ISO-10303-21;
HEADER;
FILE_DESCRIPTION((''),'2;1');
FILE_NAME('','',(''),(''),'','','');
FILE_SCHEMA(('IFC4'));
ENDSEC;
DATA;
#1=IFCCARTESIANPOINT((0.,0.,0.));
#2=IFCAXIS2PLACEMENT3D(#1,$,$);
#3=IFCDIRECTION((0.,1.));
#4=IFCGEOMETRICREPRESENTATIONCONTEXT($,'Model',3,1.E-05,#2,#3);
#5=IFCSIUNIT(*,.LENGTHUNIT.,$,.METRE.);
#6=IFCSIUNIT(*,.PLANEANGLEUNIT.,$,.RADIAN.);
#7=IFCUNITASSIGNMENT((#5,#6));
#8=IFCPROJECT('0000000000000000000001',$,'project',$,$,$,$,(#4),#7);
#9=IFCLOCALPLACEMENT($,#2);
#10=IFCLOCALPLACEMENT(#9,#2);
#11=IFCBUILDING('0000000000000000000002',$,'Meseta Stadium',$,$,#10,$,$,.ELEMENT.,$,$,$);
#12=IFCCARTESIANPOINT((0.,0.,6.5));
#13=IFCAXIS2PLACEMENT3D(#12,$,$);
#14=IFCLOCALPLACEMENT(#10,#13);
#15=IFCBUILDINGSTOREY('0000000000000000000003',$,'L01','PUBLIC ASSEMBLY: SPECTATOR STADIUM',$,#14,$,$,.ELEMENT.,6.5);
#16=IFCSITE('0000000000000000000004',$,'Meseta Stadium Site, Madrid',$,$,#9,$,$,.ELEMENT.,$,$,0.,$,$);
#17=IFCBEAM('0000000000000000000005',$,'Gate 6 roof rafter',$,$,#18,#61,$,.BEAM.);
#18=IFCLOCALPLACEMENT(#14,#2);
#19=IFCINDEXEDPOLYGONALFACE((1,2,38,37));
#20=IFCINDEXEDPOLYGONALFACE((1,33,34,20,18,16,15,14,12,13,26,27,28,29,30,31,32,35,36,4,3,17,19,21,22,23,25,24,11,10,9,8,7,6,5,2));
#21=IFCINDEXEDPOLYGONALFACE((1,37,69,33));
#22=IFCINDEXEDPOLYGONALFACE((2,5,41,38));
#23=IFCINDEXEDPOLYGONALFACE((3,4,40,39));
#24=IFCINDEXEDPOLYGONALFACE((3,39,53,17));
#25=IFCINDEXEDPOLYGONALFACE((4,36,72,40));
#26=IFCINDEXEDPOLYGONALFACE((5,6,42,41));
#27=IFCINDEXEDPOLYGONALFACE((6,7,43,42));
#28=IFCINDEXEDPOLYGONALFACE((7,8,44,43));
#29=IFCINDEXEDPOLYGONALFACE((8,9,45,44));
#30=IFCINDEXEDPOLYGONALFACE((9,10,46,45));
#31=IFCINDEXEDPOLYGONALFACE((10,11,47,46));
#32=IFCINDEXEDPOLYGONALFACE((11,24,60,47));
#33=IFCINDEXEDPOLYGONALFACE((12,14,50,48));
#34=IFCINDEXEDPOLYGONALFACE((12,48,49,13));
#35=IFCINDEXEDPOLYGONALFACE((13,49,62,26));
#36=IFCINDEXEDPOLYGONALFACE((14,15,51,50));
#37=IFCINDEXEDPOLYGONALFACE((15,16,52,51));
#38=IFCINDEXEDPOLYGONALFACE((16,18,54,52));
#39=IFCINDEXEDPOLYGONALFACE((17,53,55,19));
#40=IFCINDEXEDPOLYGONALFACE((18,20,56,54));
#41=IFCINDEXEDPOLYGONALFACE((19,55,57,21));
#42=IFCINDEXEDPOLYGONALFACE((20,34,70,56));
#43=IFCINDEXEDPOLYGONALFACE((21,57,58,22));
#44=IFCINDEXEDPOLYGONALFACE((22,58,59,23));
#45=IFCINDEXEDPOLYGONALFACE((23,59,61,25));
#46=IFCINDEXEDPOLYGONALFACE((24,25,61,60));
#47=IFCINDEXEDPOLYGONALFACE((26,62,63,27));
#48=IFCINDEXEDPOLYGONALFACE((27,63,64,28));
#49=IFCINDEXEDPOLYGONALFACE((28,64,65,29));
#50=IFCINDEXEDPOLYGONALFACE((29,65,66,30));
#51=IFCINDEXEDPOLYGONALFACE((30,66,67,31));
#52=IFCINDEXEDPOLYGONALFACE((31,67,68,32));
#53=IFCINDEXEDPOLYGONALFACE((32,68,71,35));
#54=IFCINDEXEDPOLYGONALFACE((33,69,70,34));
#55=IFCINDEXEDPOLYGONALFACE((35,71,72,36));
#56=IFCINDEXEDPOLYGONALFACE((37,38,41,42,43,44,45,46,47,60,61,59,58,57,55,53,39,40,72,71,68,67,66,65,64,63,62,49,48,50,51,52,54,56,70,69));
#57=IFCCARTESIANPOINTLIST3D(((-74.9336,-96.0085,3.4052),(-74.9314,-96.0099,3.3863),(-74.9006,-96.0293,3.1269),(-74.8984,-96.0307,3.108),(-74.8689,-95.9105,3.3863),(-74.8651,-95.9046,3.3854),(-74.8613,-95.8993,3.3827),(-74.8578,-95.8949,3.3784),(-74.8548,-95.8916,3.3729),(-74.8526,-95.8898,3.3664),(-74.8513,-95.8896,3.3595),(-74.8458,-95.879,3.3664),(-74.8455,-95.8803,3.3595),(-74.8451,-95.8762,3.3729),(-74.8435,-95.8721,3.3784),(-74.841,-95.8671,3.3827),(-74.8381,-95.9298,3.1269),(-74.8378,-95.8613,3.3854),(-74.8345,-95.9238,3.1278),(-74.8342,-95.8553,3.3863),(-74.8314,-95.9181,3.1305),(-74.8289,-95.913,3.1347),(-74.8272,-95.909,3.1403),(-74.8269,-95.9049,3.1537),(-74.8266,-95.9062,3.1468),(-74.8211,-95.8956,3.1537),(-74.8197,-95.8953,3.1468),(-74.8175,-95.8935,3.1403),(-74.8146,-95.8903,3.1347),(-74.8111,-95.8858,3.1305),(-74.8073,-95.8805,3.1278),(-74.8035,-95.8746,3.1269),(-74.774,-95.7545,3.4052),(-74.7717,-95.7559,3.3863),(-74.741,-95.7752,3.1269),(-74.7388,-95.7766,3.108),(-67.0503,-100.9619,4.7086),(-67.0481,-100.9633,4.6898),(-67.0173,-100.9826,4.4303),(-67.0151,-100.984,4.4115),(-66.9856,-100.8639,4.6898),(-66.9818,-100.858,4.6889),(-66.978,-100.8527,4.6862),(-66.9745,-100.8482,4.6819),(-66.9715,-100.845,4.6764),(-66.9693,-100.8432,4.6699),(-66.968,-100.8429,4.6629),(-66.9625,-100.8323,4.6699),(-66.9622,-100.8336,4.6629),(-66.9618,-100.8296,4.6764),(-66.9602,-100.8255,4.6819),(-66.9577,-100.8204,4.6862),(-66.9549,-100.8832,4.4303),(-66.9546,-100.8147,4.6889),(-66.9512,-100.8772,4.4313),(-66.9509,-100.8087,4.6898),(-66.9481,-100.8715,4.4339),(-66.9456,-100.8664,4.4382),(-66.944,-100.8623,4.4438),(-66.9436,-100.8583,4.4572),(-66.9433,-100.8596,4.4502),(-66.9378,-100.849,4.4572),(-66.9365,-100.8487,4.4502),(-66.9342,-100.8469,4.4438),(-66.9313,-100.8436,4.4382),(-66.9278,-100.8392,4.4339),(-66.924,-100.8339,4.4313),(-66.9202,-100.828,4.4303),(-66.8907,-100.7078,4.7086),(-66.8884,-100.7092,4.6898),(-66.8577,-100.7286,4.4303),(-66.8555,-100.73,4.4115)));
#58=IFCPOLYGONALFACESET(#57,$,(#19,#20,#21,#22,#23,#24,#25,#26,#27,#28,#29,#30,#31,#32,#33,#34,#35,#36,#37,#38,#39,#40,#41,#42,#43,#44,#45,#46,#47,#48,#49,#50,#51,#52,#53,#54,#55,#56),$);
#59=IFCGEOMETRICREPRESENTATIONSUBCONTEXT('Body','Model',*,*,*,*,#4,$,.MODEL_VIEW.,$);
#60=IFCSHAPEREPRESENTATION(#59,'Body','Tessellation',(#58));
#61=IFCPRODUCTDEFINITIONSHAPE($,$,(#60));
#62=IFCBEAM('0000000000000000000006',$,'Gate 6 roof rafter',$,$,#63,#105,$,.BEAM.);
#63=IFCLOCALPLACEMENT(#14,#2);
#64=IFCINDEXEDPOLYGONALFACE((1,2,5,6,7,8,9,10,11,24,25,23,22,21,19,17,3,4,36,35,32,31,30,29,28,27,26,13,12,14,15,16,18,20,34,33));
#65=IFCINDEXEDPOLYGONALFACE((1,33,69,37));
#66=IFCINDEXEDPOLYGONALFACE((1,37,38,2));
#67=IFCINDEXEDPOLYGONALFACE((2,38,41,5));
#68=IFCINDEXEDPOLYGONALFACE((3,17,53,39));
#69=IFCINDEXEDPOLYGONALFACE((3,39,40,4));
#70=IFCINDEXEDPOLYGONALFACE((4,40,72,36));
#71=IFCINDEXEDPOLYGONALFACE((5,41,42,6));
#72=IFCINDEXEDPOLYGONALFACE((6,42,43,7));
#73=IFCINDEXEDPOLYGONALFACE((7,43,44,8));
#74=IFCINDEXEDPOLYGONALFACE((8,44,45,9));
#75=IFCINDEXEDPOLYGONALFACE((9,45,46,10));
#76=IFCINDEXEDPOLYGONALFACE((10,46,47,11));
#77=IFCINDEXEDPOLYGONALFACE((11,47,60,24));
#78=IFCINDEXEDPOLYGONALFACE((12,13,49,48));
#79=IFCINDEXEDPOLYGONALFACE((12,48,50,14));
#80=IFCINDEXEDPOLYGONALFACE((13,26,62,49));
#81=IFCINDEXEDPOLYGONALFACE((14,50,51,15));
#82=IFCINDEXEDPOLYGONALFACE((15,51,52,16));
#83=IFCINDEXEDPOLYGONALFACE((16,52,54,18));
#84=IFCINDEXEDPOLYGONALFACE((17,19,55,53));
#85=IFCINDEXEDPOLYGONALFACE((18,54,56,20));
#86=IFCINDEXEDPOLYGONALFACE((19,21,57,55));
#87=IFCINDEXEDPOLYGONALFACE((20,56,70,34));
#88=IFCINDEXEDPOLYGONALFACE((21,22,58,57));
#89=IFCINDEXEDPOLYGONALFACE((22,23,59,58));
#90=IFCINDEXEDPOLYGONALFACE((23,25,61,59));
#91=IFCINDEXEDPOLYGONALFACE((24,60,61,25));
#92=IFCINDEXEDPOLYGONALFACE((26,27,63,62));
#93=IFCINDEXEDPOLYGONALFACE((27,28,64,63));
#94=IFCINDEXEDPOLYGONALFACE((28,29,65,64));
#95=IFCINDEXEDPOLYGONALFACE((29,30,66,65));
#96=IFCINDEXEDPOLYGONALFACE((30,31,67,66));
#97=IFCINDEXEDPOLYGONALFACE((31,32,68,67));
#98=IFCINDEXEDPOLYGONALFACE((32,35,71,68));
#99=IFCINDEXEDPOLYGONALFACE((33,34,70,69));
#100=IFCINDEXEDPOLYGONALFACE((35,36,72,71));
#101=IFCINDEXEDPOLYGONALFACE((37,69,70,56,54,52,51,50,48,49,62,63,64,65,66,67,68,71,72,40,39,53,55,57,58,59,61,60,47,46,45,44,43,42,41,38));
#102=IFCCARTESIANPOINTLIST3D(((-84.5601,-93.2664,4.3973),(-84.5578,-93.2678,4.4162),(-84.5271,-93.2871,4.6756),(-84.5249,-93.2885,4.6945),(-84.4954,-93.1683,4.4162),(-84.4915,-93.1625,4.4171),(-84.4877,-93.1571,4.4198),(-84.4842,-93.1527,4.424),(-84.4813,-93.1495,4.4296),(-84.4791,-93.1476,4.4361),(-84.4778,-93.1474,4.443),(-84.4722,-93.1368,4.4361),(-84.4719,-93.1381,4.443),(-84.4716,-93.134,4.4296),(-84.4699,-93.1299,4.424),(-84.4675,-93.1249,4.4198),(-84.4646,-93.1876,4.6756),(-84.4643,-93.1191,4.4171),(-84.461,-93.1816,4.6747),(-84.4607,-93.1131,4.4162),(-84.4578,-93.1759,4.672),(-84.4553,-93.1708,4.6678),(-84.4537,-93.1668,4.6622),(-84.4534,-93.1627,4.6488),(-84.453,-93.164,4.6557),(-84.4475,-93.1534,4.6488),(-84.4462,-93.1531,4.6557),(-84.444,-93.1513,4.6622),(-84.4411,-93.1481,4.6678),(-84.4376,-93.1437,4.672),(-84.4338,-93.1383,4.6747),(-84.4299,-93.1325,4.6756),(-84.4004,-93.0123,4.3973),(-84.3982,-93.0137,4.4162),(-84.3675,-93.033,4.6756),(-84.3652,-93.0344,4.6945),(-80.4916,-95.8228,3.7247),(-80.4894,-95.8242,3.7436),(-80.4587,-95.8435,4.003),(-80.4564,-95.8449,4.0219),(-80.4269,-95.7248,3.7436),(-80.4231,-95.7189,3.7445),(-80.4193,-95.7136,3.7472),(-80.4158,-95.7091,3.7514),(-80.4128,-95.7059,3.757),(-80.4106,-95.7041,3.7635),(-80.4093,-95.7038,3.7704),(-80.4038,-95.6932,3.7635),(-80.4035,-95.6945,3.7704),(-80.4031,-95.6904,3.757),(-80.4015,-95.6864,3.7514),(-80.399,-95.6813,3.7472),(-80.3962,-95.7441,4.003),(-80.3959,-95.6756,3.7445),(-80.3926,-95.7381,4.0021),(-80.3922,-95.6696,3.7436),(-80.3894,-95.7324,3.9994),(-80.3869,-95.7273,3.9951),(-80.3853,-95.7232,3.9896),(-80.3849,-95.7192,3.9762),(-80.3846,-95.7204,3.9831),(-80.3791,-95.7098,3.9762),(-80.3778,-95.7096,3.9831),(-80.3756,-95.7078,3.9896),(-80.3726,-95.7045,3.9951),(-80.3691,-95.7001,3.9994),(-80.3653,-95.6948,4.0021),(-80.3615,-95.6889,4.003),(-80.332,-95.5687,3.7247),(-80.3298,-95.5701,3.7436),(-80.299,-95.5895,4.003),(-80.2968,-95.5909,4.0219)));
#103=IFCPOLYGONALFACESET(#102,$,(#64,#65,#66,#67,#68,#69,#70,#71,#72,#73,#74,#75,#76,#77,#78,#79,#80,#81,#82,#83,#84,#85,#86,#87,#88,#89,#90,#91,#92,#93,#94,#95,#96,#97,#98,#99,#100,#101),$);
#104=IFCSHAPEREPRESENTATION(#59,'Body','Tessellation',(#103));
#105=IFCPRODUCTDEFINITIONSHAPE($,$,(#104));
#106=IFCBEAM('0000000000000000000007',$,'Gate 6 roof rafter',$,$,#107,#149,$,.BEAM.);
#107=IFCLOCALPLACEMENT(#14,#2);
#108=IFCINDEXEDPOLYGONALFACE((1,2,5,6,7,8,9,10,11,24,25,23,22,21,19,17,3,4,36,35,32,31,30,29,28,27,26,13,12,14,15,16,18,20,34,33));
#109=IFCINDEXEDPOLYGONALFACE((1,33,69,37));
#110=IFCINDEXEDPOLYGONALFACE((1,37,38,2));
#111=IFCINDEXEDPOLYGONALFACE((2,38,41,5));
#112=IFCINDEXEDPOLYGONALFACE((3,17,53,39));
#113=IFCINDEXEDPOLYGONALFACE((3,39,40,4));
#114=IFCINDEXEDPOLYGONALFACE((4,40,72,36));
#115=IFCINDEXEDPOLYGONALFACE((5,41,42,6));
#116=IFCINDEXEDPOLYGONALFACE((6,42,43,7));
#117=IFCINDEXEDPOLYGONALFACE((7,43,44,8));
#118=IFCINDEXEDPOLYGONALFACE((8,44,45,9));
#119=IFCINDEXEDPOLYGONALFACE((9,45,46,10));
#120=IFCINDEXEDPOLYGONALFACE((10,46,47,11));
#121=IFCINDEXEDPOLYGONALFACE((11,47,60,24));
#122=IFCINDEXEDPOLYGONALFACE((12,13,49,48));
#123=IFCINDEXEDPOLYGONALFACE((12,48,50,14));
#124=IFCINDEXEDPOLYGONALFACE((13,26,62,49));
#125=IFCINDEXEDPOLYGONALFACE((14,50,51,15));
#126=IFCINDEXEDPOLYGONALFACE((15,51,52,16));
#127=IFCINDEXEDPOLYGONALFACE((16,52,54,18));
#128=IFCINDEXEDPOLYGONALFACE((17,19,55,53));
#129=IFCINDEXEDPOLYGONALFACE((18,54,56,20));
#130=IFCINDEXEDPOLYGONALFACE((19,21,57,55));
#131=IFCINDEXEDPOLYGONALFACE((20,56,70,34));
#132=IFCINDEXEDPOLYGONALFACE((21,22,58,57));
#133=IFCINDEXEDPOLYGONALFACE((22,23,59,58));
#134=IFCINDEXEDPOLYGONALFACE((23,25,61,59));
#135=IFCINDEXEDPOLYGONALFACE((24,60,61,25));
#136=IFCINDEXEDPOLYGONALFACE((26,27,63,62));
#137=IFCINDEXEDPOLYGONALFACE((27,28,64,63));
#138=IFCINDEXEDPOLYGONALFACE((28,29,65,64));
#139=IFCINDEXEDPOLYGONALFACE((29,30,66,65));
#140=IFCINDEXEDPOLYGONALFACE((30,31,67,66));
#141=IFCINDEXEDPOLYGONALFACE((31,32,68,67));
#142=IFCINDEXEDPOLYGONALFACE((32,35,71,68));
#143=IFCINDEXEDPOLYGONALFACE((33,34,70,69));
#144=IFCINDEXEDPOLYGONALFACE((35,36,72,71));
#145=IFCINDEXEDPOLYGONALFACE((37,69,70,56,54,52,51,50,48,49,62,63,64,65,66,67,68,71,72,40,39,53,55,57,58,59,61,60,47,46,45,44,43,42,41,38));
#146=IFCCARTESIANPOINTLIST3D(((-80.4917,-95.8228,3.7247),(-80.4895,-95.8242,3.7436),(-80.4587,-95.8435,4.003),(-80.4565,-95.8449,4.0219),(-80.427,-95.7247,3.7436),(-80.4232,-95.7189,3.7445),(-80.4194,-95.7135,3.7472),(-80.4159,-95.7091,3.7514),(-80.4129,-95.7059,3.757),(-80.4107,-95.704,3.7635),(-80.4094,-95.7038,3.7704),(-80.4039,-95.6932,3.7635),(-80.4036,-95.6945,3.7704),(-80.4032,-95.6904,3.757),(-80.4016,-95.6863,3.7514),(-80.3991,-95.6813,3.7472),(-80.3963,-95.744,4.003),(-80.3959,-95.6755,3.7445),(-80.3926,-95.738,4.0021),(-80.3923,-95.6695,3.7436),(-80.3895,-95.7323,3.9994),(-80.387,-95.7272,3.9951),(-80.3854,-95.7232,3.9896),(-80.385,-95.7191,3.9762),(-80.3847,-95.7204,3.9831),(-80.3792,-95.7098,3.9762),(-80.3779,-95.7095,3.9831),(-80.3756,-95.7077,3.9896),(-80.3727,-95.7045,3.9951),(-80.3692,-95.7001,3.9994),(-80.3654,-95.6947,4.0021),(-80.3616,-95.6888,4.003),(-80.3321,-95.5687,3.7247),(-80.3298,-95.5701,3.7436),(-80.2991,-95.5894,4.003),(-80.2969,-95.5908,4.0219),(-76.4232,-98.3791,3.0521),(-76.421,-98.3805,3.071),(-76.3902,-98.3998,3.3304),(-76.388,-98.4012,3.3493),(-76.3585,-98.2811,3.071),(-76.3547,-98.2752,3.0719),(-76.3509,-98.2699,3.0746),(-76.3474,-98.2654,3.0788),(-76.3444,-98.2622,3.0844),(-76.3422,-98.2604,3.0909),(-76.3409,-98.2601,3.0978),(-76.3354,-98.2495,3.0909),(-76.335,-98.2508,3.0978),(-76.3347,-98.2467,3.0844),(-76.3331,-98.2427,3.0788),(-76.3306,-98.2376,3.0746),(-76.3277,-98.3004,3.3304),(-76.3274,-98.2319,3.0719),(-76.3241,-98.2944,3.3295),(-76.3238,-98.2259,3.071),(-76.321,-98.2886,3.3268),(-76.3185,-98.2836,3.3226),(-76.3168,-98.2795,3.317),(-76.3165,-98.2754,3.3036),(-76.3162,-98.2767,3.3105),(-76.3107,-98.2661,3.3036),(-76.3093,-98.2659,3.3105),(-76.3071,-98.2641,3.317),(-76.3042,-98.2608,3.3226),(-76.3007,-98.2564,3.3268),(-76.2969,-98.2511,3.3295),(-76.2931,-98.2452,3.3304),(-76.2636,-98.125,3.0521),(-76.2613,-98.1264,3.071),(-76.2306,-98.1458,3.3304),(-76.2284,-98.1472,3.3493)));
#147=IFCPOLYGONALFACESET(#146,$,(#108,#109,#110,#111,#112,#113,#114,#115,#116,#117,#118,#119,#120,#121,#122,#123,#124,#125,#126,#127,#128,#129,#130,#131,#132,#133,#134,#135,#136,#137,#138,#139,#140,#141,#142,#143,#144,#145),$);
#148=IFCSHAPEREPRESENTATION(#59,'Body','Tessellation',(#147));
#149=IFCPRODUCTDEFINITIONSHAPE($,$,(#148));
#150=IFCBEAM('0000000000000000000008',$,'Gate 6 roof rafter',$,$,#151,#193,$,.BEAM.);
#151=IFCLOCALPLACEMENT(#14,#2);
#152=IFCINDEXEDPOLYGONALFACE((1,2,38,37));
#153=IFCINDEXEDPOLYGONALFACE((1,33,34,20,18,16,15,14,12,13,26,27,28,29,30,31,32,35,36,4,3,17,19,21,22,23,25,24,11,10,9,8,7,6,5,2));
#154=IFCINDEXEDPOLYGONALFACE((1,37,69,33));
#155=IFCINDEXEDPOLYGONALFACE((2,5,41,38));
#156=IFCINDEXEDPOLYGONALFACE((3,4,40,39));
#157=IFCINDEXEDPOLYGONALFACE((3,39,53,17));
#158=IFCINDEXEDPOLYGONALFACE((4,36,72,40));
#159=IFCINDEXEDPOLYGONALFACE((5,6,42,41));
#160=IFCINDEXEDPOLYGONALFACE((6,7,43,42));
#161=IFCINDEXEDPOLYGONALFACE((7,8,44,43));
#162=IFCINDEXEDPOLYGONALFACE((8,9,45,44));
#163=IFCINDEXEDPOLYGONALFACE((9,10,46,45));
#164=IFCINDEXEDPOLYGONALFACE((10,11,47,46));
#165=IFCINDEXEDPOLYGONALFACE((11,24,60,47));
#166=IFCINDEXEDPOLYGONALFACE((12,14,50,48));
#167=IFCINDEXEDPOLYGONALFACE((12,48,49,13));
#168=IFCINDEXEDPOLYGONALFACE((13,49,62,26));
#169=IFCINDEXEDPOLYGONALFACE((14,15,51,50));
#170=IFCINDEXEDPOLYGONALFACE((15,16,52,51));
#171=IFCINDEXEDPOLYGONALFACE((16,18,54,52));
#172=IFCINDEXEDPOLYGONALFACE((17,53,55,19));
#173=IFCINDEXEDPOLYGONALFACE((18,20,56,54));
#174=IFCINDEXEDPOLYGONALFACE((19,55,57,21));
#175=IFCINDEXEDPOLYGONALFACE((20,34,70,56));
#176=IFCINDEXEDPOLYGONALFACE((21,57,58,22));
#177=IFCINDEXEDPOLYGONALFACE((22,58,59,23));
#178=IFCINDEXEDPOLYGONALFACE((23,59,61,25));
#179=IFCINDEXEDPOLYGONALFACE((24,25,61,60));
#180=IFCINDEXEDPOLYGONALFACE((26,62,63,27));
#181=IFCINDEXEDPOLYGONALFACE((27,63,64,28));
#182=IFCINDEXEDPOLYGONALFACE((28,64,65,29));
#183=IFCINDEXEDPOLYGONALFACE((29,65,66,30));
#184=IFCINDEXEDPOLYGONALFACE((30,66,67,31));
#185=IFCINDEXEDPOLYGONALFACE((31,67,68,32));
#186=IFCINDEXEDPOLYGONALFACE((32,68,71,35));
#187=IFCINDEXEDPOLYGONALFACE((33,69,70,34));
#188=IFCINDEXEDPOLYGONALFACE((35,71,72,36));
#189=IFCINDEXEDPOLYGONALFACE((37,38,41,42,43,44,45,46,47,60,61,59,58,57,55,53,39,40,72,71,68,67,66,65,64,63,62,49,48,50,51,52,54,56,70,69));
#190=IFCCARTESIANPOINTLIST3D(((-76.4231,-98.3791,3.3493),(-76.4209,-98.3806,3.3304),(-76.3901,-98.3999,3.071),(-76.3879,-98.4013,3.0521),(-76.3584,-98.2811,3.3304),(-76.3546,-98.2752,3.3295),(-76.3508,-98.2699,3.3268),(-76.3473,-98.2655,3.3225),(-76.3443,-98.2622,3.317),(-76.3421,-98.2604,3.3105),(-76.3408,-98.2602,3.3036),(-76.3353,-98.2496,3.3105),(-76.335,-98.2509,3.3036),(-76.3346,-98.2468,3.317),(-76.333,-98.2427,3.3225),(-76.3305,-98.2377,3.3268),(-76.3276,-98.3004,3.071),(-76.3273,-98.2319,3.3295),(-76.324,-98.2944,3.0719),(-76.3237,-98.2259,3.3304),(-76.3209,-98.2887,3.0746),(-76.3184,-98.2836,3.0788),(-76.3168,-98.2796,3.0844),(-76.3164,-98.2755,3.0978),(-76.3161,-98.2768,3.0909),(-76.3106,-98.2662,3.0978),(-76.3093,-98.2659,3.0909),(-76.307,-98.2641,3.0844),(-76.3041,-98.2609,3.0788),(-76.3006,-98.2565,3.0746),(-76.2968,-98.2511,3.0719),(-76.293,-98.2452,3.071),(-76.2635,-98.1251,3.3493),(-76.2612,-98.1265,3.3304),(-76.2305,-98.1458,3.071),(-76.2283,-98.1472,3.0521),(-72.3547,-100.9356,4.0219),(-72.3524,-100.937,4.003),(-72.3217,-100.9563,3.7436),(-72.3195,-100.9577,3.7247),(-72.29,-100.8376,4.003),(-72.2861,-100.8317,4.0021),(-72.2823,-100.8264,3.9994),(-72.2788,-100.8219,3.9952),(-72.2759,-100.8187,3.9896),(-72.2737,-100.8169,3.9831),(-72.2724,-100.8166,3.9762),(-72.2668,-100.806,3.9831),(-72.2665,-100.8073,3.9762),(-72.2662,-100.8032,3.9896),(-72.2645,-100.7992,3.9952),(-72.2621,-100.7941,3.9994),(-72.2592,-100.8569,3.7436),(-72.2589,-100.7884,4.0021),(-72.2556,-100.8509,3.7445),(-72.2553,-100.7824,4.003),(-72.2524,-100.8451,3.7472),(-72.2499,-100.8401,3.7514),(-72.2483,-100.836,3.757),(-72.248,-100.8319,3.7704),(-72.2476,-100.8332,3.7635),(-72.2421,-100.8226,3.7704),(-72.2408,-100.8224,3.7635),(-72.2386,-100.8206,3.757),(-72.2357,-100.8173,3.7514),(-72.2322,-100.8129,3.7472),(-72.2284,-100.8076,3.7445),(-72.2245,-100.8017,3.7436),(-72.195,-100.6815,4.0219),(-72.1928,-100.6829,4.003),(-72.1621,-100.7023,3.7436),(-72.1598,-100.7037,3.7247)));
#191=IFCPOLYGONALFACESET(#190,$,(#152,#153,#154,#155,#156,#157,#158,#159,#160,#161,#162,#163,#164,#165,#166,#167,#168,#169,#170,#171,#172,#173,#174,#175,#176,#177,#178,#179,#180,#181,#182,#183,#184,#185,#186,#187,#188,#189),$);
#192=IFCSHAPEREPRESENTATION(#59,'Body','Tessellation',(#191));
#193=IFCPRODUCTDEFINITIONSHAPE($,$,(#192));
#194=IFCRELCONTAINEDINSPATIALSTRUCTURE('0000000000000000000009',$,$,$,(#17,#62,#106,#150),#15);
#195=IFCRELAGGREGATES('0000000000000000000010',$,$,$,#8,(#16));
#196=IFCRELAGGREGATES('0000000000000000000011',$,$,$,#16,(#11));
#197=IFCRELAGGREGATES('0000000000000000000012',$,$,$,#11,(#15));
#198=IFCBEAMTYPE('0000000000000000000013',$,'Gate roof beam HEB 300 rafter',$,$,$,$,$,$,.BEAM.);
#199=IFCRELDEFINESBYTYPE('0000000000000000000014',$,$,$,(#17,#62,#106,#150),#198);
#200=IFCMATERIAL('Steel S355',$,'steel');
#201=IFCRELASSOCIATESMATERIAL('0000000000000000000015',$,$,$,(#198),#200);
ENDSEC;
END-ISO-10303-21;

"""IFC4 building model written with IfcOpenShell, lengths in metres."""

from ifc_helpers import new_model, si_unit, direction, frame, origin, origin_2d, place, context, subcontext, project, spatial, i_section, extrude, material, material_profile, profile_set, type_object, element, save


model = new_model("IFC4")

# Units and contexts
model_context = context("Model", 3, precision=1e-05, world=origin(), true_north=direction((0.0, 1.0)))
body_context = subcontext(model_context, "Body", "Model", "MODEL_VIEW")
ifc_project = project(units=[si_unit("LENGTHUNIT", "METRE"), si_unit("PLANEANGLEUNIT", "RADIAN")], contexts=[model_context])

# Site, building, storey
site_placement = place(None, origin())
site = spatial("IfcSite", under=ifc_project, at=site_placement, Name="Meseta Stadium Site, Madrid", CompositionType="ELEMENT", RefElevation=0.0)
building_placement = place(site_placement, origin())
building = spatial("IfcBuilding", under=site, at=building_placement, Name="Meseta Stadium", CompositionType="ELEMENT")
storey_placement = place(building_placement, frame((0.0, 0.0, 6.5)))
storey = spatial("IfcBuildingStorey", under=building, at=storey_placement, Name="L01", Description="PUBLIC ASSEMBLY: SPECTATOR STADIUM", CompositionType="ELEMENT", Elevation=6.5)

# Beams
ifc_material_1 = material(Name="Steel S355", Category="steel")
ifc_material_profile_1 = material_profile(ifc_material_1, i_section(OverallWidth=0.3, OverallDepth=0.3, WebThickness=0.011, FlangeThickness=0.019, FilletRadius=0.0271, at=origin_2d()), Name="HEB 300")
ifc_profile_set_1 = profile_set([ifc_material_profile_1], Name="Steel S355")
beam_type_1 = type_object("IfcBeamType", Name="Gate roof beam HEB 300 rafter", PredefinedType="BEAM", material=ifc_profile_set_1)
beam_1_placement = place(storey_placement, frame((-74.8362, -95.8926, 3.2566), z_axis=(0.838548, -0.526891, 0.13865), x_axis=(0.532029, 0.846726, 0.0)))
element("IfcBeam", 1, at=beam_1_placement, inside=storey, type_object=beam_type_1, Name="Gate 6 roof rafter", PredefinedType="BEAM", context=body_context, shape_type="SweptSolid", body=[
    extrude(i_section(OverallWidth=0.3, OverallDepth=0.3, WebThickness=0.011, FlangeThickness=0.019, FilletRadius=0.0271, at=origin_2d()), origin(), (0.0, 0.0, 1.0), 9.4011),
])
for number, where, z_axis, x_axis, name in (
    (2, (-84.4626, -93.1504, 4.5459), (0.838541, -0.526906, -0.138633), (0.532044, 0.846717, 0.0), "Gate 6 roof rafter"),
    (3, (-80.3943, -95.7068, 3.8733), (0.838556, -0.526884, -0.138627), (0.532021, 0.846731, 0.0), "Gate 6 roof rafter"),
    (4, (-76.3257, -98.2632, 3.2007), (0.838541, -0.526906, 0.138633), (0.532044, 0.846717, 0.0), "Gate 6 roof rafter"),
):
    element("IfcBeam", number, at=place(storey_placement, frame(where, z_axis=z_axis, x_axis=x_axis)), inside=storey, type_object=beam_type_1, Name=name, PredefinedType="BEAM", context=body_context, shape_type="SweptSolid", body=[
        extrude(i_section(OverallWidth=0.3, OverallDepth=0.3, WebThickness=0.011, FlangeThickness=0.019, FilletRadius=0.0271, at=origin_2d()), origin(), (0.0, 0.0, 1.0), 4.8518),
    ])

save(model, "model.ifc")
